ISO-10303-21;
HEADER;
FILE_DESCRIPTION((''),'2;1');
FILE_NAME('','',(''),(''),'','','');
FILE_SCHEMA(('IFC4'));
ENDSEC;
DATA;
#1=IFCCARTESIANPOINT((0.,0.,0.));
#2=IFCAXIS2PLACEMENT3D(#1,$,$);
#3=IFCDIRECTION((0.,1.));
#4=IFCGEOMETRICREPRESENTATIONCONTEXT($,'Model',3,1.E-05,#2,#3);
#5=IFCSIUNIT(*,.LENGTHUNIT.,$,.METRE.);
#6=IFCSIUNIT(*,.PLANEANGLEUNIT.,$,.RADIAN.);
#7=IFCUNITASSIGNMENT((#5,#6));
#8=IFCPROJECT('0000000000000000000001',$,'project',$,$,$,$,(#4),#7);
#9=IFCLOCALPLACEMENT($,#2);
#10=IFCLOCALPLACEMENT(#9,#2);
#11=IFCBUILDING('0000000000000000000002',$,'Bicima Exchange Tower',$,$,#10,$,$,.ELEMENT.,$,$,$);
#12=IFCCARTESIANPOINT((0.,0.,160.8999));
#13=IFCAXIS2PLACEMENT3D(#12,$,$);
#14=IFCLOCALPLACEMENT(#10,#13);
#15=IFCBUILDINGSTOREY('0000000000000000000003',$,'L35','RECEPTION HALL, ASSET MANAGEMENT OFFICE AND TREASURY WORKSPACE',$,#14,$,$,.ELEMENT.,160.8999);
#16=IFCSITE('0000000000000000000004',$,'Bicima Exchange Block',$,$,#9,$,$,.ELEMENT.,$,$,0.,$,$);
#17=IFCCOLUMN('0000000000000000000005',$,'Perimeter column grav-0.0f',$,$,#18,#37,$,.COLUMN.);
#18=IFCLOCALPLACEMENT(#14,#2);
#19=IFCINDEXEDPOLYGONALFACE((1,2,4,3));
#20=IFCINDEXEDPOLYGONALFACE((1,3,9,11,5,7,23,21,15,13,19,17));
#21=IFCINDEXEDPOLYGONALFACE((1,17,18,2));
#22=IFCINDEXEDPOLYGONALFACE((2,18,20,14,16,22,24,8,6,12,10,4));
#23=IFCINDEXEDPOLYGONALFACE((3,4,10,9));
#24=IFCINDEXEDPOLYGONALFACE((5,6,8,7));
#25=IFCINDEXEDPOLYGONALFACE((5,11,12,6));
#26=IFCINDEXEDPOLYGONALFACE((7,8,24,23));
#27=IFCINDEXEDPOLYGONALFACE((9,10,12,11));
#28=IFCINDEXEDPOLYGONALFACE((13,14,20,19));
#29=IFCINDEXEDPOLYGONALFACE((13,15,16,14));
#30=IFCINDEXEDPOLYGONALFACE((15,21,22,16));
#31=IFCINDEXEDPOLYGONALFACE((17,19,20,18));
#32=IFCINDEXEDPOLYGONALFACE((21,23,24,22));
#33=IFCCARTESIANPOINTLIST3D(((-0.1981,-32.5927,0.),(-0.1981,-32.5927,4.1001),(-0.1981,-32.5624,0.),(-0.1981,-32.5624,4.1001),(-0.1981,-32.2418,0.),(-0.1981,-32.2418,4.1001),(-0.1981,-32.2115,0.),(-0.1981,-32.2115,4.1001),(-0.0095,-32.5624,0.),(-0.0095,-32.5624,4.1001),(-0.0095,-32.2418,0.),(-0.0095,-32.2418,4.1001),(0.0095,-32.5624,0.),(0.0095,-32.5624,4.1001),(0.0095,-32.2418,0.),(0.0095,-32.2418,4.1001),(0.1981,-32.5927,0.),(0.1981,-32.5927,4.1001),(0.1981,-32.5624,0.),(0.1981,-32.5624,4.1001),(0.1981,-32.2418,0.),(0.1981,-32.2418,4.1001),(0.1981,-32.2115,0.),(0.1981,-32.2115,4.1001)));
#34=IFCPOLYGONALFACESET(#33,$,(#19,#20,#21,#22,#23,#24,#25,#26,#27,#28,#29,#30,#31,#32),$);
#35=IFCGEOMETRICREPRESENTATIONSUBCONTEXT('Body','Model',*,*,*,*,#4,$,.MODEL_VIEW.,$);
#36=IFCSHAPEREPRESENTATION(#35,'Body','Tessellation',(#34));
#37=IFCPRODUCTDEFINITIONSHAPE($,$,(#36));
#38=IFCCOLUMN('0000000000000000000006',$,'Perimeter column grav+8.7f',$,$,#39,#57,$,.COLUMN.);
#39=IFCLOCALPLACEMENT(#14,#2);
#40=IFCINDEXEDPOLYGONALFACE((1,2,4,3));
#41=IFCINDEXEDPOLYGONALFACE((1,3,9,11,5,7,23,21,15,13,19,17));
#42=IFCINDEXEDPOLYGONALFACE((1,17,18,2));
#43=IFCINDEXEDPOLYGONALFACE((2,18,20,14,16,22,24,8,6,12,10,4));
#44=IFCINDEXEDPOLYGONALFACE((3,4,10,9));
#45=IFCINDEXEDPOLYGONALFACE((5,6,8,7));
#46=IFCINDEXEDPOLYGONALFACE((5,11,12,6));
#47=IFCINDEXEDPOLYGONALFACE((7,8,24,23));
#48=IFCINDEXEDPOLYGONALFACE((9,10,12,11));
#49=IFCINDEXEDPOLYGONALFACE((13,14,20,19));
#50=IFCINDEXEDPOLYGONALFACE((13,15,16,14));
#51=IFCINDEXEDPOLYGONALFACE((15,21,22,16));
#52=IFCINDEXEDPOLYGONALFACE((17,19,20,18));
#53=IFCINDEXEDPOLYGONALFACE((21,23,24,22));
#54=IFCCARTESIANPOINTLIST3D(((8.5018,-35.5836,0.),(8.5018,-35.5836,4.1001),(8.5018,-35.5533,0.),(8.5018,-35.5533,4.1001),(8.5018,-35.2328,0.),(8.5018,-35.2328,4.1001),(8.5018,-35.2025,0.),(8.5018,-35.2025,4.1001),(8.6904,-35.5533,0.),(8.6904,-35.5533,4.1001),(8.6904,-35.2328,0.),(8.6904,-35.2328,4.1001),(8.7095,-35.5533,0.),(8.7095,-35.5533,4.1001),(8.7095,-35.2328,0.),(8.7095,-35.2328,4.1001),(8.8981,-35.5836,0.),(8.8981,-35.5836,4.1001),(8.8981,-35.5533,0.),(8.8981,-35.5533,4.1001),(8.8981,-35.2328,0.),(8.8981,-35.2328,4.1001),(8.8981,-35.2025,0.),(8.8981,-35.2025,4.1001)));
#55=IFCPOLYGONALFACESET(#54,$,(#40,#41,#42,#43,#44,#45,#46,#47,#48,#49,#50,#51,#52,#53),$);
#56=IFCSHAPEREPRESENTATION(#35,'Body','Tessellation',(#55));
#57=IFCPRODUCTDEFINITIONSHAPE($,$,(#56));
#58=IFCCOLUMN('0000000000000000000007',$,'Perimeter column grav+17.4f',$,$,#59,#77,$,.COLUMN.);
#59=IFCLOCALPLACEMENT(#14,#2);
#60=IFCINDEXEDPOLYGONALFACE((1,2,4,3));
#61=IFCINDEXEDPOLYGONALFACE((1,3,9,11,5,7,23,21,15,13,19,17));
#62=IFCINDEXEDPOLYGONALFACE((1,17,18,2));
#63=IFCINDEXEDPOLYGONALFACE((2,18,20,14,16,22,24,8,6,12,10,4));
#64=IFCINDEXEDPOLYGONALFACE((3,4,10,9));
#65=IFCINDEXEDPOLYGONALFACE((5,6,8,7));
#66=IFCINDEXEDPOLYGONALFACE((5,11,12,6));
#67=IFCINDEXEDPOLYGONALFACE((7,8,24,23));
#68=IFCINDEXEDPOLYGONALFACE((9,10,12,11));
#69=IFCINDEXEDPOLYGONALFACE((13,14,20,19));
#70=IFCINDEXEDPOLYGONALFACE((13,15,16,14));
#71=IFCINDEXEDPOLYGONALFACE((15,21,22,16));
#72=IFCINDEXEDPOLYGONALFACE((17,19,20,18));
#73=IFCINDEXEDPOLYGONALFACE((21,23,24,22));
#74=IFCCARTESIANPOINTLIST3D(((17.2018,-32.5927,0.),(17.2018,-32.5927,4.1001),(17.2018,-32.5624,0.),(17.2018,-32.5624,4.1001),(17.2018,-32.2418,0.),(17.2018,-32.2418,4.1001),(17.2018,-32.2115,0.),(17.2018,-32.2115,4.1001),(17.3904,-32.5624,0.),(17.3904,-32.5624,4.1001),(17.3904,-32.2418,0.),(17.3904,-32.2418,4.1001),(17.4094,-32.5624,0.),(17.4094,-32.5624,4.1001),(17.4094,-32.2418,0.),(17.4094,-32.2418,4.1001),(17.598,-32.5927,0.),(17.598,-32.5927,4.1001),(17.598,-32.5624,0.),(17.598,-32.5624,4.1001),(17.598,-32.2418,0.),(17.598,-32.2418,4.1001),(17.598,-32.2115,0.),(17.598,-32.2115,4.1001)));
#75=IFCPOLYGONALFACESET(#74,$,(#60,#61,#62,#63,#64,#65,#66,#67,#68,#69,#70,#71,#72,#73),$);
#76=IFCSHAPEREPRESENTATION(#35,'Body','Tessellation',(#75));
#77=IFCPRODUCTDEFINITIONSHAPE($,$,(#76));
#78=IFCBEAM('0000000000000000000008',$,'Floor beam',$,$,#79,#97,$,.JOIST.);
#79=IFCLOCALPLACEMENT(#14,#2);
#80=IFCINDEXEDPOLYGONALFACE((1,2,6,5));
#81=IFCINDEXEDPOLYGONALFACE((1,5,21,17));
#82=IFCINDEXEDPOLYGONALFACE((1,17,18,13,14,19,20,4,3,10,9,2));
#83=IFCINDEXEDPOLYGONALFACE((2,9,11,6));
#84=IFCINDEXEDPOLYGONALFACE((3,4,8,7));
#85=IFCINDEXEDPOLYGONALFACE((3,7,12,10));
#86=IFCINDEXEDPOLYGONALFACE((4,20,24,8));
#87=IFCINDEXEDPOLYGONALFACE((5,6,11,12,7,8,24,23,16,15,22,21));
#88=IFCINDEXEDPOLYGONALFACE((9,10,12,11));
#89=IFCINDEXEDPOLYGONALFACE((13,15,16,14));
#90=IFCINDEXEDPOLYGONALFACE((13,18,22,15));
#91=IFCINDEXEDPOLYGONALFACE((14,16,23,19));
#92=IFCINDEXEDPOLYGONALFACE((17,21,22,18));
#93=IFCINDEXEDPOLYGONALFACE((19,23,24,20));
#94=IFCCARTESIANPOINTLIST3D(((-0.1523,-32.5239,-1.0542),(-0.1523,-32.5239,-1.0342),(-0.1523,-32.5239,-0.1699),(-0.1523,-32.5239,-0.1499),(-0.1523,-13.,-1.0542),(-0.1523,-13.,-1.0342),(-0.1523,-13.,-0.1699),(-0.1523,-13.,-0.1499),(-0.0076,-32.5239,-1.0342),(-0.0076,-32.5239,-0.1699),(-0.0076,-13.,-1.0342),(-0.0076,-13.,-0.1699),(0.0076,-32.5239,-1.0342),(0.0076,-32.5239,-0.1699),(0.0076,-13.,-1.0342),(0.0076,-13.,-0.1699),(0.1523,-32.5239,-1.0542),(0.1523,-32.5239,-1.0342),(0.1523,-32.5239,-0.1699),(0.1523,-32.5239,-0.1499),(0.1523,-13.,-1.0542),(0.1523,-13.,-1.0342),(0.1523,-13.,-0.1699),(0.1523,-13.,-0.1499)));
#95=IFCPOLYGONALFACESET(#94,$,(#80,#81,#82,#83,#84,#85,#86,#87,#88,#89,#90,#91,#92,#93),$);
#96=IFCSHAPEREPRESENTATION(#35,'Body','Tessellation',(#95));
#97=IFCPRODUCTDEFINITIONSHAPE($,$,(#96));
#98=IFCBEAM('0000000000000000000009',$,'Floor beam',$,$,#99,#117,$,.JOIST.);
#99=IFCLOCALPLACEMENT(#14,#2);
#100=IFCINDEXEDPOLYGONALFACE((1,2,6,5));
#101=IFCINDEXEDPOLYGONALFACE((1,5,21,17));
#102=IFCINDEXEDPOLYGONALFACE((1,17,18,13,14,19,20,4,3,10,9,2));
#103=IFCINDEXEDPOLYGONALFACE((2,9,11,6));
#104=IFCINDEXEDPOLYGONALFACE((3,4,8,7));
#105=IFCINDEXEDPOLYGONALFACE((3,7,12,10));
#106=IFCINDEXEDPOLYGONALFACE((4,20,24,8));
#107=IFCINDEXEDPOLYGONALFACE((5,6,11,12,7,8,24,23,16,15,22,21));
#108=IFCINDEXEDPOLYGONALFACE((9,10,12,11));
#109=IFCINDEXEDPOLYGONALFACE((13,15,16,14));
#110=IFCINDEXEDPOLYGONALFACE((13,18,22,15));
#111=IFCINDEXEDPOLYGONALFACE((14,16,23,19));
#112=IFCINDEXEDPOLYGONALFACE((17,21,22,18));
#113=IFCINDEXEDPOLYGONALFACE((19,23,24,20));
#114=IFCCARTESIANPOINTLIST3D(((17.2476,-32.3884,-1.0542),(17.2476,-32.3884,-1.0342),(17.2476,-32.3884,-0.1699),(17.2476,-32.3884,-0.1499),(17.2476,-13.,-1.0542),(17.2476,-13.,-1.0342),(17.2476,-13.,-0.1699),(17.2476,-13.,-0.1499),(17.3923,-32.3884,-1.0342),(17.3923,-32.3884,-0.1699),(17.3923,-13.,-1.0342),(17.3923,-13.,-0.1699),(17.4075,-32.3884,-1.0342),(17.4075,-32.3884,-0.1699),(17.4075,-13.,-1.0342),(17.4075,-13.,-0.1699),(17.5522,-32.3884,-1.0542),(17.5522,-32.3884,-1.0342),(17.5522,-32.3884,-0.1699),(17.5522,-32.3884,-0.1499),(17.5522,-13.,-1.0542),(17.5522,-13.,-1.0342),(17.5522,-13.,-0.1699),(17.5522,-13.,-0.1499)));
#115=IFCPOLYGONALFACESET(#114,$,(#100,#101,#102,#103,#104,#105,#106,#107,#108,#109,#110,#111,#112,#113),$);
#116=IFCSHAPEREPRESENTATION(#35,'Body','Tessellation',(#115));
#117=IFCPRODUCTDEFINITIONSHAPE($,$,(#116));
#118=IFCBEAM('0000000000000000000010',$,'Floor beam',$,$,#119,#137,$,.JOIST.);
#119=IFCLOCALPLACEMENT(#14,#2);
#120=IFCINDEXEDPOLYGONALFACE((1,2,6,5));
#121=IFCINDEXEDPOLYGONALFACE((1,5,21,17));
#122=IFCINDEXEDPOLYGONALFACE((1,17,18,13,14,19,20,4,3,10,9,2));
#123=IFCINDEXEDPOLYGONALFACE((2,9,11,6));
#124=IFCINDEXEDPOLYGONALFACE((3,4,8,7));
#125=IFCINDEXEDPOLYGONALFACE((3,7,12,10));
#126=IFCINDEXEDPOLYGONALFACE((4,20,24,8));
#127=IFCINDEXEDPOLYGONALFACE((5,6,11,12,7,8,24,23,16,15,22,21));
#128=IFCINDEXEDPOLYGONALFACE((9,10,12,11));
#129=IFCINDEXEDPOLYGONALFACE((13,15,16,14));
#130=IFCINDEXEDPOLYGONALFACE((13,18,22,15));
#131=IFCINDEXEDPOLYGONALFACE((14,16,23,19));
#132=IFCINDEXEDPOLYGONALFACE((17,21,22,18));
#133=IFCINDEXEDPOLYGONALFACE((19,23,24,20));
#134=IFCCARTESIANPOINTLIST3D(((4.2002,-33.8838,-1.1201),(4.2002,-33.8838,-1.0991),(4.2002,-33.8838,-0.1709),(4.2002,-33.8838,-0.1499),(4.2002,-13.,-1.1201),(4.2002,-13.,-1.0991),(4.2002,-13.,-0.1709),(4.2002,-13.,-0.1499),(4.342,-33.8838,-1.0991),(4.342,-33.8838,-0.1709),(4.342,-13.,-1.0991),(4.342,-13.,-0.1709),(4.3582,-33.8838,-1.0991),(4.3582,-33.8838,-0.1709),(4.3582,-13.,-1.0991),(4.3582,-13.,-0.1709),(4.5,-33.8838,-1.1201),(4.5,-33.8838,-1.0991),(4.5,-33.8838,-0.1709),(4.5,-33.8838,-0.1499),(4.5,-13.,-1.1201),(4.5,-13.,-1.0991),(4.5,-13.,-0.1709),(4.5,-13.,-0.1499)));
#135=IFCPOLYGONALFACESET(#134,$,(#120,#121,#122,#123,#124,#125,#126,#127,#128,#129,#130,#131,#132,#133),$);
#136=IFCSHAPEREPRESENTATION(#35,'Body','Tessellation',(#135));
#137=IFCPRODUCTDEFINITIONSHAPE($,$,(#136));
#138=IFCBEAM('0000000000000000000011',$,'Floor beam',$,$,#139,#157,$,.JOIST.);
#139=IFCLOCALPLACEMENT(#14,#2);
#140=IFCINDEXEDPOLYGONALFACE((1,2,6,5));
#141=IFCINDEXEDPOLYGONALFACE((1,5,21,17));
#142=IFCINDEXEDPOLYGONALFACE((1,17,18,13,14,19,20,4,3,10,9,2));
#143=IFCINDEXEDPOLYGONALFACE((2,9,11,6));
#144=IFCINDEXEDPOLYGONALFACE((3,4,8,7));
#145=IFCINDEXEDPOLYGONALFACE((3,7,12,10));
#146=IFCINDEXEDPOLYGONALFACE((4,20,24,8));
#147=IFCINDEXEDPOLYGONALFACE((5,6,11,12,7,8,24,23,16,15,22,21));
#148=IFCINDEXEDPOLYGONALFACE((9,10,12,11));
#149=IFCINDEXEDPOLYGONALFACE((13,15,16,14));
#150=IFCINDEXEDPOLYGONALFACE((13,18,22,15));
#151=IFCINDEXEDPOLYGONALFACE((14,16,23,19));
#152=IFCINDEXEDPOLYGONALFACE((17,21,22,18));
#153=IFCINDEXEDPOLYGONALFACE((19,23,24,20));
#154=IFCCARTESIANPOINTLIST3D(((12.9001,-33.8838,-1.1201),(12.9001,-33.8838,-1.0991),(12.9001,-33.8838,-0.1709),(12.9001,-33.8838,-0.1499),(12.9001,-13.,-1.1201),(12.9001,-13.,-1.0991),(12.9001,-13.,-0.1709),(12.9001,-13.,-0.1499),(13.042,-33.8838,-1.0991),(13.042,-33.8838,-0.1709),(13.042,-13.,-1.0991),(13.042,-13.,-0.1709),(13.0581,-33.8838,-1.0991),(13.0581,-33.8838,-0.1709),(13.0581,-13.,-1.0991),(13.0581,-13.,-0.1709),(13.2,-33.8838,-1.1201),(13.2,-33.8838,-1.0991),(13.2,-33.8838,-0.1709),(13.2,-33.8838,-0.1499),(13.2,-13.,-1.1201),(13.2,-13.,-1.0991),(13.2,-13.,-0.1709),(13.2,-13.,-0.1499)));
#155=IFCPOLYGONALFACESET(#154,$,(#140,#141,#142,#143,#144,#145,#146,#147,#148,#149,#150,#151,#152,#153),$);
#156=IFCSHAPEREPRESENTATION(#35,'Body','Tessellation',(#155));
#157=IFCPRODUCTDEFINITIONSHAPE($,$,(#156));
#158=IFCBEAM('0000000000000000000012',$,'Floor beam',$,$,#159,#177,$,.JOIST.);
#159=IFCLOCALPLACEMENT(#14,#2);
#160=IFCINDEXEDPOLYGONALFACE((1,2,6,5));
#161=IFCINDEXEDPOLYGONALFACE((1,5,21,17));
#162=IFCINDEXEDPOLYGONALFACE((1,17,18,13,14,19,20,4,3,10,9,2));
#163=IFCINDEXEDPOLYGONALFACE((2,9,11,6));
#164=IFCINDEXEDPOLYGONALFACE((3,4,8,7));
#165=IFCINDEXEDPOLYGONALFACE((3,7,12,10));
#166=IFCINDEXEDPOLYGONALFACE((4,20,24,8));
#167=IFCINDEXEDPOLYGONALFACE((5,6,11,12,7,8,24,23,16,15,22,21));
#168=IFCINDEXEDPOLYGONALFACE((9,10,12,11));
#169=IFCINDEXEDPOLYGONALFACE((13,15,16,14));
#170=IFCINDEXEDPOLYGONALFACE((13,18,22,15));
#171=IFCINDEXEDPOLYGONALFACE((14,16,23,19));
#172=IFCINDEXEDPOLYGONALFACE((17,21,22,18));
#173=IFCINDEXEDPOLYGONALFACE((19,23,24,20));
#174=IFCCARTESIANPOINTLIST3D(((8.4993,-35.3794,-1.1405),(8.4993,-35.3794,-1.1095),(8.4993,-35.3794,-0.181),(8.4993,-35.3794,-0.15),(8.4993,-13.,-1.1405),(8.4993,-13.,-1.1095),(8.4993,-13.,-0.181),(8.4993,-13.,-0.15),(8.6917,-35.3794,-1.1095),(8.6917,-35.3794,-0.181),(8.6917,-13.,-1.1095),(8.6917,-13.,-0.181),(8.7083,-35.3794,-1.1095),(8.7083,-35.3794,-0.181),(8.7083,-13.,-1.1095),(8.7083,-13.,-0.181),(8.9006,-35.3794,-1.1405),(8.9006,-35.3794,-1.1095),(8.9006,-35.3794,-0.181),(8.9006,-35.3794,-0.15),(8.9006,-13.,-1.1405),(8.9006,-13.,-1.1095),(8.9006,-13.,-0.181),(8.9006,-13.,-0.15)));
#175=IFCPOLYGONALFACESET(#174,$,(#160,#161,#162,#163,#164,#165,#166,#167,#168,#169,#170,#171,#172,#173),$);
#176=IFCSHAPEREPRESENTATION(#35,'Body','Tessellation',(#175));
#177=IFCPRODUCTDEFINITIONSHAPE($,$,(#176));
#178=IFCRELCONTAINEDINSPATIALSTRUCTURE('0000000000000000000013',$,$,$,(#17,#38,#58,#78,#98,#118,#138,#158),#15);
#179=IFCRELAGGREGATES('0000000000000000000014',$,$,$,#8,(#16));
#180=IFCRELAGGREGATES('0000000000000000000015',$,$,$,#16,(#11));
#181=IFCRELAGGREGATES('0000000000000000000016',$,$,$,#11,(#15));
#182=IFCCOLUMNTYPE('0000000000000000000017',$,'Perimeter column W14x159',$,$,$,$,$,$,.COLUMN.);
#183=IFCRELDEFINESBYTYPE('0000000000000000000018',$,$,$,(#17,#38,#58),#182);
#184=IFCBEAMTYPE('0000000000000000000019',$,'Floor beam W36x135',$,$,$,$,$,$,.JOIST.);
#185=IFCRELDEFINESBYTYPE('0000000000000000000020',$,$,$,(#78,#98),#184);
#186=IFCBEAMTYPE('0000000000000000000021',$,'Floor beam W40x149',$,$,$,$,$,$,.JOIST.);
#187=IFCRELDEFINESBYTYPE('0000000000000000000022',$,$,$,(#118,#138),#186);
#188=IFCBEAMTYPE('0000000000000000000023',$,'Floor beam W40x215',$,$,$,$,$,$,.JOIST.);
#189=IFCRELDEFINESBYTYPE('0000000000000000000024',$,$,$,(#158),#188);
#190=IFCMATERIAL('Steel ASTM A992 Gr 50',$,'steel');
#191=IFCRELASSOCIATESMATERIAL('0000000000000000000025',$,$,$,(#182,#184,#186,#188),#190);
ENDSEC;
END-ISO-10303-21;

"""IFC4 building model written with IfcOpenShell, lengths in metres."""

from ifc_helpers import new_model, si_unit, direction, frame, origin, origin_2d, place, context, subcontext, project, spatial, i_section, extrude, material, material_profile, profile_set, type_object, element, save


model = new_model("IFC4")

# Units and contexts
model_context = context("Model", 3, precision=1e-05, world=origin(), true_north=direction((0.0, 1.0)))
body_context = subcontext(model_context, "Body", "Model", "MODEL_VIEW")
ifc_project = project(units=[si_unit("LENGTHUNIT", "METRE"), si_unit("PLANEANGLEUNIT", "RADIAN")], contexts=[model_context])

# Site, building, storey
site_placement = place(None, origin())
site = spatial("IfcSite", under=ifc_project, at=site_placement, Name="Bicima Exchange Block", CompositionType="ELEMENT", RefElevation=0.0)
building_placement = place(site_placement, origin())
building = spatial("IfcBuilding", under=site, at=building_placement, Name="Bicima Exchange Tower", CompositionType="ELEMENT")
storey_placement = place(building_placement, frame((0.0, 0.0, 160.8999)))
storey = spatial("IfcBuildingStorey", under=building, at=storey_placement, Name="L35", Description="RECEPTION HALL, ASSET MANAGEMENT OFFICE AND TREASURY WORKSPACE", CompositionType="ELEMENT", Elevation=160.8999)

# Columns
ifc_material_1 = material(Name="Steel ASTM A992 Gr 50", Category="steel")
ifc_material_profile_1 = material_profile(ifc_material_1, i_section(OverallWidth=0.3962, OverallDepth=0.3811, WebThickness=0.019, FlangeThickness=0.0303, at=origin_2d()))
ifc_profile_set_1 = profile_set([ifc_material_profile_1], Name="Steel ASTM A992 Gr 50")
column_type = type_object("IfcColumnType", Name="Perimeter column W14x159", PredefinedType="COLUMN", material=ifc_profile_set_1)
for number, where, z_axis, x_axis, name in (
    (1, (0.0, -32.4021, 0.0), (0.0, 0.0, 1.0), (1.0, 0.0, 0.0), "Perimeter column grav-0.0f"),
    (2, (8.7, -35.3931, 0.0), (0.0, 0.0, 1.0), (1.0, 0.0, 0.0), "Perimeter column grav+8.7f"),
    (3, (17.3999, -32.4021, 0.0), (0.0, 0.0, 1.0), (1.0, 0.0, 0.0), "Perimeter column grav+17.4f"),
):
    element("IfcColumn", number, at=place(storey_placement, frame(where, z_axis=z_axis, x_axis=x_axis)), inside=storey, type_object=column_type, Name=name, PredefinedType="COLUMN", context=body_context, shape_type="SweptSolid", body=[
        extrude(i_section(OverallWidth=0.3962, OverallDepth=0.3811, WebThickness=0.019, FlangeThickness=0.0303, at=origin_2d()), origin(), (0.0, 0.0, 1.0), 4.1001),
    ])

# Beams
ifc_material_profile_2 = material_profile(ifc_material_1, i_section(OverallWidth=0.3047, OverallDepth=0.9043, WebThickness=0.0151, FlangeThickness=0.02, at=origin_2d()))
ifc_profile_set_2 = profile_set([ifc_material_profile_2], Name="Steel ASTM A992 Gr 50")
beam_type_1 = type_object("IfcBeamType", Name="Floor beam W36x135", PredefinedType="JOIST", material=ifc_profile_set_2)
beam_1_placement = place(storey_placement, frame((0.0, -13.0, -0.6021), z_axis=(0.0, -1.0, 0.0), x_axis=(1.0, 0.0, 0.0)))
element("IfcBeam", 4, at=beam_1_placement, inside=storey, type_object=beam_type_1, Name="Floor beam", PredefinedType="JOIST", context=body_context, shape_type="SweptSolid", body=[
    extrude(i_section(OverallWidth=0.3047, OverallDepth=0.9043, WebThickness=0.0151, FlangeThickness=0.02, at=origin_2d()), origin(), (0.0, 0.0, 1.0), 19.5239),
])
beam_2_placement = place(storey_placement, frame((17.3999, -13.0, -0.6021), z_axis=(0.0, -1.0, 0.0), x_axis=(1.0, 0.0, 0.0)))
element("IfcBeam", 5, at=beam_2_placement, inside=storey, type_object=beam_type_1, Name="Floor beam", PredefinedType="JOIST", context=body_context, shape_type="SweptSolid", body=[
    extrude(i_section(OverallWidth=0.3047, OverallDepth=0.9043, WebThickness=0.0151, FlangeThickness=0.02, at=origin_2d()), origin(), (0.0, 0.0, 1.0), 19.3884),
])
ifc_material_profile_3 = material_profile(ifc_material_1, i_section(OverallWidth=0.2998, OverallDepth=0.9702, WebThickness=0.0161, FlangeThickness=0.021, at=origin_2d()))
ifc_profile_set_3 = profile_set([ifc_material_profile_3], Name="Steel ASTM A992 Gr 50")
beam_type_2 = type_object("IfcBeamType", Name="Floor beam W40x149", PredefinedType="JOIST", material=ifc_profile_set_3)
for number, where, z_axis, x_axis, name in (
    (6, (4.3501, -13.0, -0.635), (0.0, -1.0, 0.0), (1.0, 0.0, 0.0), "Floor beam"),
    (7, (13.05, -13.0, -0.635), (0.0, -1.0, 0.0), (1.0, 0.0, 0.0), "Floor beam"),
):
    element("IfcBeam", number, at=place(storey_placement, frame(where, z_axis=z_axis, x_axis=x_axis)), inside=storey, type_object=beam_type_2, Name=name, PredefinedType="JOIST", context=body_context, shape_type="SweptSolid", body=[
        extrude(i_section(OverallWidth=0.2998, OverallDepth=0.9702, WebThickness=0.0161, FlangeThickness=0.021, at=origin_2d()), origin(), (0.0, 0.0, 1.0), 20.8838),
    ])
ifc_material_profile_4 = material_profile(ifc_material_1, i_section(OverallWidth=0.4014, OverallDepth=0.9905, WebThickness=0.0166, FlangeThickness=0.031, at=origin_2d()))
ifc_profile_set_4 = profile_set([ifc_material_profile_4], Name="Steel ASTM A992 Gr 50")
beam_type_3 = type_object("IfcBeamType", Name="Floor beam W40x215", PredefinedType="JOIST", material=ifc_profile_set_4)
beam_3_placement = place(storey_placement, frame((8.7, -13.0, -0.6453), z_axis=(0.0, -1.0, 0.0), x_axis=(1.0, 0.0, 0.0)))
element("IfcBeam", 8, at=beam_3_placement, inside=storey, type_object=beam_type_3, Name="Floor beam", PredefinedType="JOIST", context=body_context, shape_type="SweptSolid", body=[
    extrude(i_section(OverallWidth=0.4014, OverallDepth=0.9905, WebThickness=0.0166, FlangeThickness=0.031, at=origin_2d()), origin(), (0.0, 0.0, 1.0), 22.3794),
])

save(model, "model.ifc")
